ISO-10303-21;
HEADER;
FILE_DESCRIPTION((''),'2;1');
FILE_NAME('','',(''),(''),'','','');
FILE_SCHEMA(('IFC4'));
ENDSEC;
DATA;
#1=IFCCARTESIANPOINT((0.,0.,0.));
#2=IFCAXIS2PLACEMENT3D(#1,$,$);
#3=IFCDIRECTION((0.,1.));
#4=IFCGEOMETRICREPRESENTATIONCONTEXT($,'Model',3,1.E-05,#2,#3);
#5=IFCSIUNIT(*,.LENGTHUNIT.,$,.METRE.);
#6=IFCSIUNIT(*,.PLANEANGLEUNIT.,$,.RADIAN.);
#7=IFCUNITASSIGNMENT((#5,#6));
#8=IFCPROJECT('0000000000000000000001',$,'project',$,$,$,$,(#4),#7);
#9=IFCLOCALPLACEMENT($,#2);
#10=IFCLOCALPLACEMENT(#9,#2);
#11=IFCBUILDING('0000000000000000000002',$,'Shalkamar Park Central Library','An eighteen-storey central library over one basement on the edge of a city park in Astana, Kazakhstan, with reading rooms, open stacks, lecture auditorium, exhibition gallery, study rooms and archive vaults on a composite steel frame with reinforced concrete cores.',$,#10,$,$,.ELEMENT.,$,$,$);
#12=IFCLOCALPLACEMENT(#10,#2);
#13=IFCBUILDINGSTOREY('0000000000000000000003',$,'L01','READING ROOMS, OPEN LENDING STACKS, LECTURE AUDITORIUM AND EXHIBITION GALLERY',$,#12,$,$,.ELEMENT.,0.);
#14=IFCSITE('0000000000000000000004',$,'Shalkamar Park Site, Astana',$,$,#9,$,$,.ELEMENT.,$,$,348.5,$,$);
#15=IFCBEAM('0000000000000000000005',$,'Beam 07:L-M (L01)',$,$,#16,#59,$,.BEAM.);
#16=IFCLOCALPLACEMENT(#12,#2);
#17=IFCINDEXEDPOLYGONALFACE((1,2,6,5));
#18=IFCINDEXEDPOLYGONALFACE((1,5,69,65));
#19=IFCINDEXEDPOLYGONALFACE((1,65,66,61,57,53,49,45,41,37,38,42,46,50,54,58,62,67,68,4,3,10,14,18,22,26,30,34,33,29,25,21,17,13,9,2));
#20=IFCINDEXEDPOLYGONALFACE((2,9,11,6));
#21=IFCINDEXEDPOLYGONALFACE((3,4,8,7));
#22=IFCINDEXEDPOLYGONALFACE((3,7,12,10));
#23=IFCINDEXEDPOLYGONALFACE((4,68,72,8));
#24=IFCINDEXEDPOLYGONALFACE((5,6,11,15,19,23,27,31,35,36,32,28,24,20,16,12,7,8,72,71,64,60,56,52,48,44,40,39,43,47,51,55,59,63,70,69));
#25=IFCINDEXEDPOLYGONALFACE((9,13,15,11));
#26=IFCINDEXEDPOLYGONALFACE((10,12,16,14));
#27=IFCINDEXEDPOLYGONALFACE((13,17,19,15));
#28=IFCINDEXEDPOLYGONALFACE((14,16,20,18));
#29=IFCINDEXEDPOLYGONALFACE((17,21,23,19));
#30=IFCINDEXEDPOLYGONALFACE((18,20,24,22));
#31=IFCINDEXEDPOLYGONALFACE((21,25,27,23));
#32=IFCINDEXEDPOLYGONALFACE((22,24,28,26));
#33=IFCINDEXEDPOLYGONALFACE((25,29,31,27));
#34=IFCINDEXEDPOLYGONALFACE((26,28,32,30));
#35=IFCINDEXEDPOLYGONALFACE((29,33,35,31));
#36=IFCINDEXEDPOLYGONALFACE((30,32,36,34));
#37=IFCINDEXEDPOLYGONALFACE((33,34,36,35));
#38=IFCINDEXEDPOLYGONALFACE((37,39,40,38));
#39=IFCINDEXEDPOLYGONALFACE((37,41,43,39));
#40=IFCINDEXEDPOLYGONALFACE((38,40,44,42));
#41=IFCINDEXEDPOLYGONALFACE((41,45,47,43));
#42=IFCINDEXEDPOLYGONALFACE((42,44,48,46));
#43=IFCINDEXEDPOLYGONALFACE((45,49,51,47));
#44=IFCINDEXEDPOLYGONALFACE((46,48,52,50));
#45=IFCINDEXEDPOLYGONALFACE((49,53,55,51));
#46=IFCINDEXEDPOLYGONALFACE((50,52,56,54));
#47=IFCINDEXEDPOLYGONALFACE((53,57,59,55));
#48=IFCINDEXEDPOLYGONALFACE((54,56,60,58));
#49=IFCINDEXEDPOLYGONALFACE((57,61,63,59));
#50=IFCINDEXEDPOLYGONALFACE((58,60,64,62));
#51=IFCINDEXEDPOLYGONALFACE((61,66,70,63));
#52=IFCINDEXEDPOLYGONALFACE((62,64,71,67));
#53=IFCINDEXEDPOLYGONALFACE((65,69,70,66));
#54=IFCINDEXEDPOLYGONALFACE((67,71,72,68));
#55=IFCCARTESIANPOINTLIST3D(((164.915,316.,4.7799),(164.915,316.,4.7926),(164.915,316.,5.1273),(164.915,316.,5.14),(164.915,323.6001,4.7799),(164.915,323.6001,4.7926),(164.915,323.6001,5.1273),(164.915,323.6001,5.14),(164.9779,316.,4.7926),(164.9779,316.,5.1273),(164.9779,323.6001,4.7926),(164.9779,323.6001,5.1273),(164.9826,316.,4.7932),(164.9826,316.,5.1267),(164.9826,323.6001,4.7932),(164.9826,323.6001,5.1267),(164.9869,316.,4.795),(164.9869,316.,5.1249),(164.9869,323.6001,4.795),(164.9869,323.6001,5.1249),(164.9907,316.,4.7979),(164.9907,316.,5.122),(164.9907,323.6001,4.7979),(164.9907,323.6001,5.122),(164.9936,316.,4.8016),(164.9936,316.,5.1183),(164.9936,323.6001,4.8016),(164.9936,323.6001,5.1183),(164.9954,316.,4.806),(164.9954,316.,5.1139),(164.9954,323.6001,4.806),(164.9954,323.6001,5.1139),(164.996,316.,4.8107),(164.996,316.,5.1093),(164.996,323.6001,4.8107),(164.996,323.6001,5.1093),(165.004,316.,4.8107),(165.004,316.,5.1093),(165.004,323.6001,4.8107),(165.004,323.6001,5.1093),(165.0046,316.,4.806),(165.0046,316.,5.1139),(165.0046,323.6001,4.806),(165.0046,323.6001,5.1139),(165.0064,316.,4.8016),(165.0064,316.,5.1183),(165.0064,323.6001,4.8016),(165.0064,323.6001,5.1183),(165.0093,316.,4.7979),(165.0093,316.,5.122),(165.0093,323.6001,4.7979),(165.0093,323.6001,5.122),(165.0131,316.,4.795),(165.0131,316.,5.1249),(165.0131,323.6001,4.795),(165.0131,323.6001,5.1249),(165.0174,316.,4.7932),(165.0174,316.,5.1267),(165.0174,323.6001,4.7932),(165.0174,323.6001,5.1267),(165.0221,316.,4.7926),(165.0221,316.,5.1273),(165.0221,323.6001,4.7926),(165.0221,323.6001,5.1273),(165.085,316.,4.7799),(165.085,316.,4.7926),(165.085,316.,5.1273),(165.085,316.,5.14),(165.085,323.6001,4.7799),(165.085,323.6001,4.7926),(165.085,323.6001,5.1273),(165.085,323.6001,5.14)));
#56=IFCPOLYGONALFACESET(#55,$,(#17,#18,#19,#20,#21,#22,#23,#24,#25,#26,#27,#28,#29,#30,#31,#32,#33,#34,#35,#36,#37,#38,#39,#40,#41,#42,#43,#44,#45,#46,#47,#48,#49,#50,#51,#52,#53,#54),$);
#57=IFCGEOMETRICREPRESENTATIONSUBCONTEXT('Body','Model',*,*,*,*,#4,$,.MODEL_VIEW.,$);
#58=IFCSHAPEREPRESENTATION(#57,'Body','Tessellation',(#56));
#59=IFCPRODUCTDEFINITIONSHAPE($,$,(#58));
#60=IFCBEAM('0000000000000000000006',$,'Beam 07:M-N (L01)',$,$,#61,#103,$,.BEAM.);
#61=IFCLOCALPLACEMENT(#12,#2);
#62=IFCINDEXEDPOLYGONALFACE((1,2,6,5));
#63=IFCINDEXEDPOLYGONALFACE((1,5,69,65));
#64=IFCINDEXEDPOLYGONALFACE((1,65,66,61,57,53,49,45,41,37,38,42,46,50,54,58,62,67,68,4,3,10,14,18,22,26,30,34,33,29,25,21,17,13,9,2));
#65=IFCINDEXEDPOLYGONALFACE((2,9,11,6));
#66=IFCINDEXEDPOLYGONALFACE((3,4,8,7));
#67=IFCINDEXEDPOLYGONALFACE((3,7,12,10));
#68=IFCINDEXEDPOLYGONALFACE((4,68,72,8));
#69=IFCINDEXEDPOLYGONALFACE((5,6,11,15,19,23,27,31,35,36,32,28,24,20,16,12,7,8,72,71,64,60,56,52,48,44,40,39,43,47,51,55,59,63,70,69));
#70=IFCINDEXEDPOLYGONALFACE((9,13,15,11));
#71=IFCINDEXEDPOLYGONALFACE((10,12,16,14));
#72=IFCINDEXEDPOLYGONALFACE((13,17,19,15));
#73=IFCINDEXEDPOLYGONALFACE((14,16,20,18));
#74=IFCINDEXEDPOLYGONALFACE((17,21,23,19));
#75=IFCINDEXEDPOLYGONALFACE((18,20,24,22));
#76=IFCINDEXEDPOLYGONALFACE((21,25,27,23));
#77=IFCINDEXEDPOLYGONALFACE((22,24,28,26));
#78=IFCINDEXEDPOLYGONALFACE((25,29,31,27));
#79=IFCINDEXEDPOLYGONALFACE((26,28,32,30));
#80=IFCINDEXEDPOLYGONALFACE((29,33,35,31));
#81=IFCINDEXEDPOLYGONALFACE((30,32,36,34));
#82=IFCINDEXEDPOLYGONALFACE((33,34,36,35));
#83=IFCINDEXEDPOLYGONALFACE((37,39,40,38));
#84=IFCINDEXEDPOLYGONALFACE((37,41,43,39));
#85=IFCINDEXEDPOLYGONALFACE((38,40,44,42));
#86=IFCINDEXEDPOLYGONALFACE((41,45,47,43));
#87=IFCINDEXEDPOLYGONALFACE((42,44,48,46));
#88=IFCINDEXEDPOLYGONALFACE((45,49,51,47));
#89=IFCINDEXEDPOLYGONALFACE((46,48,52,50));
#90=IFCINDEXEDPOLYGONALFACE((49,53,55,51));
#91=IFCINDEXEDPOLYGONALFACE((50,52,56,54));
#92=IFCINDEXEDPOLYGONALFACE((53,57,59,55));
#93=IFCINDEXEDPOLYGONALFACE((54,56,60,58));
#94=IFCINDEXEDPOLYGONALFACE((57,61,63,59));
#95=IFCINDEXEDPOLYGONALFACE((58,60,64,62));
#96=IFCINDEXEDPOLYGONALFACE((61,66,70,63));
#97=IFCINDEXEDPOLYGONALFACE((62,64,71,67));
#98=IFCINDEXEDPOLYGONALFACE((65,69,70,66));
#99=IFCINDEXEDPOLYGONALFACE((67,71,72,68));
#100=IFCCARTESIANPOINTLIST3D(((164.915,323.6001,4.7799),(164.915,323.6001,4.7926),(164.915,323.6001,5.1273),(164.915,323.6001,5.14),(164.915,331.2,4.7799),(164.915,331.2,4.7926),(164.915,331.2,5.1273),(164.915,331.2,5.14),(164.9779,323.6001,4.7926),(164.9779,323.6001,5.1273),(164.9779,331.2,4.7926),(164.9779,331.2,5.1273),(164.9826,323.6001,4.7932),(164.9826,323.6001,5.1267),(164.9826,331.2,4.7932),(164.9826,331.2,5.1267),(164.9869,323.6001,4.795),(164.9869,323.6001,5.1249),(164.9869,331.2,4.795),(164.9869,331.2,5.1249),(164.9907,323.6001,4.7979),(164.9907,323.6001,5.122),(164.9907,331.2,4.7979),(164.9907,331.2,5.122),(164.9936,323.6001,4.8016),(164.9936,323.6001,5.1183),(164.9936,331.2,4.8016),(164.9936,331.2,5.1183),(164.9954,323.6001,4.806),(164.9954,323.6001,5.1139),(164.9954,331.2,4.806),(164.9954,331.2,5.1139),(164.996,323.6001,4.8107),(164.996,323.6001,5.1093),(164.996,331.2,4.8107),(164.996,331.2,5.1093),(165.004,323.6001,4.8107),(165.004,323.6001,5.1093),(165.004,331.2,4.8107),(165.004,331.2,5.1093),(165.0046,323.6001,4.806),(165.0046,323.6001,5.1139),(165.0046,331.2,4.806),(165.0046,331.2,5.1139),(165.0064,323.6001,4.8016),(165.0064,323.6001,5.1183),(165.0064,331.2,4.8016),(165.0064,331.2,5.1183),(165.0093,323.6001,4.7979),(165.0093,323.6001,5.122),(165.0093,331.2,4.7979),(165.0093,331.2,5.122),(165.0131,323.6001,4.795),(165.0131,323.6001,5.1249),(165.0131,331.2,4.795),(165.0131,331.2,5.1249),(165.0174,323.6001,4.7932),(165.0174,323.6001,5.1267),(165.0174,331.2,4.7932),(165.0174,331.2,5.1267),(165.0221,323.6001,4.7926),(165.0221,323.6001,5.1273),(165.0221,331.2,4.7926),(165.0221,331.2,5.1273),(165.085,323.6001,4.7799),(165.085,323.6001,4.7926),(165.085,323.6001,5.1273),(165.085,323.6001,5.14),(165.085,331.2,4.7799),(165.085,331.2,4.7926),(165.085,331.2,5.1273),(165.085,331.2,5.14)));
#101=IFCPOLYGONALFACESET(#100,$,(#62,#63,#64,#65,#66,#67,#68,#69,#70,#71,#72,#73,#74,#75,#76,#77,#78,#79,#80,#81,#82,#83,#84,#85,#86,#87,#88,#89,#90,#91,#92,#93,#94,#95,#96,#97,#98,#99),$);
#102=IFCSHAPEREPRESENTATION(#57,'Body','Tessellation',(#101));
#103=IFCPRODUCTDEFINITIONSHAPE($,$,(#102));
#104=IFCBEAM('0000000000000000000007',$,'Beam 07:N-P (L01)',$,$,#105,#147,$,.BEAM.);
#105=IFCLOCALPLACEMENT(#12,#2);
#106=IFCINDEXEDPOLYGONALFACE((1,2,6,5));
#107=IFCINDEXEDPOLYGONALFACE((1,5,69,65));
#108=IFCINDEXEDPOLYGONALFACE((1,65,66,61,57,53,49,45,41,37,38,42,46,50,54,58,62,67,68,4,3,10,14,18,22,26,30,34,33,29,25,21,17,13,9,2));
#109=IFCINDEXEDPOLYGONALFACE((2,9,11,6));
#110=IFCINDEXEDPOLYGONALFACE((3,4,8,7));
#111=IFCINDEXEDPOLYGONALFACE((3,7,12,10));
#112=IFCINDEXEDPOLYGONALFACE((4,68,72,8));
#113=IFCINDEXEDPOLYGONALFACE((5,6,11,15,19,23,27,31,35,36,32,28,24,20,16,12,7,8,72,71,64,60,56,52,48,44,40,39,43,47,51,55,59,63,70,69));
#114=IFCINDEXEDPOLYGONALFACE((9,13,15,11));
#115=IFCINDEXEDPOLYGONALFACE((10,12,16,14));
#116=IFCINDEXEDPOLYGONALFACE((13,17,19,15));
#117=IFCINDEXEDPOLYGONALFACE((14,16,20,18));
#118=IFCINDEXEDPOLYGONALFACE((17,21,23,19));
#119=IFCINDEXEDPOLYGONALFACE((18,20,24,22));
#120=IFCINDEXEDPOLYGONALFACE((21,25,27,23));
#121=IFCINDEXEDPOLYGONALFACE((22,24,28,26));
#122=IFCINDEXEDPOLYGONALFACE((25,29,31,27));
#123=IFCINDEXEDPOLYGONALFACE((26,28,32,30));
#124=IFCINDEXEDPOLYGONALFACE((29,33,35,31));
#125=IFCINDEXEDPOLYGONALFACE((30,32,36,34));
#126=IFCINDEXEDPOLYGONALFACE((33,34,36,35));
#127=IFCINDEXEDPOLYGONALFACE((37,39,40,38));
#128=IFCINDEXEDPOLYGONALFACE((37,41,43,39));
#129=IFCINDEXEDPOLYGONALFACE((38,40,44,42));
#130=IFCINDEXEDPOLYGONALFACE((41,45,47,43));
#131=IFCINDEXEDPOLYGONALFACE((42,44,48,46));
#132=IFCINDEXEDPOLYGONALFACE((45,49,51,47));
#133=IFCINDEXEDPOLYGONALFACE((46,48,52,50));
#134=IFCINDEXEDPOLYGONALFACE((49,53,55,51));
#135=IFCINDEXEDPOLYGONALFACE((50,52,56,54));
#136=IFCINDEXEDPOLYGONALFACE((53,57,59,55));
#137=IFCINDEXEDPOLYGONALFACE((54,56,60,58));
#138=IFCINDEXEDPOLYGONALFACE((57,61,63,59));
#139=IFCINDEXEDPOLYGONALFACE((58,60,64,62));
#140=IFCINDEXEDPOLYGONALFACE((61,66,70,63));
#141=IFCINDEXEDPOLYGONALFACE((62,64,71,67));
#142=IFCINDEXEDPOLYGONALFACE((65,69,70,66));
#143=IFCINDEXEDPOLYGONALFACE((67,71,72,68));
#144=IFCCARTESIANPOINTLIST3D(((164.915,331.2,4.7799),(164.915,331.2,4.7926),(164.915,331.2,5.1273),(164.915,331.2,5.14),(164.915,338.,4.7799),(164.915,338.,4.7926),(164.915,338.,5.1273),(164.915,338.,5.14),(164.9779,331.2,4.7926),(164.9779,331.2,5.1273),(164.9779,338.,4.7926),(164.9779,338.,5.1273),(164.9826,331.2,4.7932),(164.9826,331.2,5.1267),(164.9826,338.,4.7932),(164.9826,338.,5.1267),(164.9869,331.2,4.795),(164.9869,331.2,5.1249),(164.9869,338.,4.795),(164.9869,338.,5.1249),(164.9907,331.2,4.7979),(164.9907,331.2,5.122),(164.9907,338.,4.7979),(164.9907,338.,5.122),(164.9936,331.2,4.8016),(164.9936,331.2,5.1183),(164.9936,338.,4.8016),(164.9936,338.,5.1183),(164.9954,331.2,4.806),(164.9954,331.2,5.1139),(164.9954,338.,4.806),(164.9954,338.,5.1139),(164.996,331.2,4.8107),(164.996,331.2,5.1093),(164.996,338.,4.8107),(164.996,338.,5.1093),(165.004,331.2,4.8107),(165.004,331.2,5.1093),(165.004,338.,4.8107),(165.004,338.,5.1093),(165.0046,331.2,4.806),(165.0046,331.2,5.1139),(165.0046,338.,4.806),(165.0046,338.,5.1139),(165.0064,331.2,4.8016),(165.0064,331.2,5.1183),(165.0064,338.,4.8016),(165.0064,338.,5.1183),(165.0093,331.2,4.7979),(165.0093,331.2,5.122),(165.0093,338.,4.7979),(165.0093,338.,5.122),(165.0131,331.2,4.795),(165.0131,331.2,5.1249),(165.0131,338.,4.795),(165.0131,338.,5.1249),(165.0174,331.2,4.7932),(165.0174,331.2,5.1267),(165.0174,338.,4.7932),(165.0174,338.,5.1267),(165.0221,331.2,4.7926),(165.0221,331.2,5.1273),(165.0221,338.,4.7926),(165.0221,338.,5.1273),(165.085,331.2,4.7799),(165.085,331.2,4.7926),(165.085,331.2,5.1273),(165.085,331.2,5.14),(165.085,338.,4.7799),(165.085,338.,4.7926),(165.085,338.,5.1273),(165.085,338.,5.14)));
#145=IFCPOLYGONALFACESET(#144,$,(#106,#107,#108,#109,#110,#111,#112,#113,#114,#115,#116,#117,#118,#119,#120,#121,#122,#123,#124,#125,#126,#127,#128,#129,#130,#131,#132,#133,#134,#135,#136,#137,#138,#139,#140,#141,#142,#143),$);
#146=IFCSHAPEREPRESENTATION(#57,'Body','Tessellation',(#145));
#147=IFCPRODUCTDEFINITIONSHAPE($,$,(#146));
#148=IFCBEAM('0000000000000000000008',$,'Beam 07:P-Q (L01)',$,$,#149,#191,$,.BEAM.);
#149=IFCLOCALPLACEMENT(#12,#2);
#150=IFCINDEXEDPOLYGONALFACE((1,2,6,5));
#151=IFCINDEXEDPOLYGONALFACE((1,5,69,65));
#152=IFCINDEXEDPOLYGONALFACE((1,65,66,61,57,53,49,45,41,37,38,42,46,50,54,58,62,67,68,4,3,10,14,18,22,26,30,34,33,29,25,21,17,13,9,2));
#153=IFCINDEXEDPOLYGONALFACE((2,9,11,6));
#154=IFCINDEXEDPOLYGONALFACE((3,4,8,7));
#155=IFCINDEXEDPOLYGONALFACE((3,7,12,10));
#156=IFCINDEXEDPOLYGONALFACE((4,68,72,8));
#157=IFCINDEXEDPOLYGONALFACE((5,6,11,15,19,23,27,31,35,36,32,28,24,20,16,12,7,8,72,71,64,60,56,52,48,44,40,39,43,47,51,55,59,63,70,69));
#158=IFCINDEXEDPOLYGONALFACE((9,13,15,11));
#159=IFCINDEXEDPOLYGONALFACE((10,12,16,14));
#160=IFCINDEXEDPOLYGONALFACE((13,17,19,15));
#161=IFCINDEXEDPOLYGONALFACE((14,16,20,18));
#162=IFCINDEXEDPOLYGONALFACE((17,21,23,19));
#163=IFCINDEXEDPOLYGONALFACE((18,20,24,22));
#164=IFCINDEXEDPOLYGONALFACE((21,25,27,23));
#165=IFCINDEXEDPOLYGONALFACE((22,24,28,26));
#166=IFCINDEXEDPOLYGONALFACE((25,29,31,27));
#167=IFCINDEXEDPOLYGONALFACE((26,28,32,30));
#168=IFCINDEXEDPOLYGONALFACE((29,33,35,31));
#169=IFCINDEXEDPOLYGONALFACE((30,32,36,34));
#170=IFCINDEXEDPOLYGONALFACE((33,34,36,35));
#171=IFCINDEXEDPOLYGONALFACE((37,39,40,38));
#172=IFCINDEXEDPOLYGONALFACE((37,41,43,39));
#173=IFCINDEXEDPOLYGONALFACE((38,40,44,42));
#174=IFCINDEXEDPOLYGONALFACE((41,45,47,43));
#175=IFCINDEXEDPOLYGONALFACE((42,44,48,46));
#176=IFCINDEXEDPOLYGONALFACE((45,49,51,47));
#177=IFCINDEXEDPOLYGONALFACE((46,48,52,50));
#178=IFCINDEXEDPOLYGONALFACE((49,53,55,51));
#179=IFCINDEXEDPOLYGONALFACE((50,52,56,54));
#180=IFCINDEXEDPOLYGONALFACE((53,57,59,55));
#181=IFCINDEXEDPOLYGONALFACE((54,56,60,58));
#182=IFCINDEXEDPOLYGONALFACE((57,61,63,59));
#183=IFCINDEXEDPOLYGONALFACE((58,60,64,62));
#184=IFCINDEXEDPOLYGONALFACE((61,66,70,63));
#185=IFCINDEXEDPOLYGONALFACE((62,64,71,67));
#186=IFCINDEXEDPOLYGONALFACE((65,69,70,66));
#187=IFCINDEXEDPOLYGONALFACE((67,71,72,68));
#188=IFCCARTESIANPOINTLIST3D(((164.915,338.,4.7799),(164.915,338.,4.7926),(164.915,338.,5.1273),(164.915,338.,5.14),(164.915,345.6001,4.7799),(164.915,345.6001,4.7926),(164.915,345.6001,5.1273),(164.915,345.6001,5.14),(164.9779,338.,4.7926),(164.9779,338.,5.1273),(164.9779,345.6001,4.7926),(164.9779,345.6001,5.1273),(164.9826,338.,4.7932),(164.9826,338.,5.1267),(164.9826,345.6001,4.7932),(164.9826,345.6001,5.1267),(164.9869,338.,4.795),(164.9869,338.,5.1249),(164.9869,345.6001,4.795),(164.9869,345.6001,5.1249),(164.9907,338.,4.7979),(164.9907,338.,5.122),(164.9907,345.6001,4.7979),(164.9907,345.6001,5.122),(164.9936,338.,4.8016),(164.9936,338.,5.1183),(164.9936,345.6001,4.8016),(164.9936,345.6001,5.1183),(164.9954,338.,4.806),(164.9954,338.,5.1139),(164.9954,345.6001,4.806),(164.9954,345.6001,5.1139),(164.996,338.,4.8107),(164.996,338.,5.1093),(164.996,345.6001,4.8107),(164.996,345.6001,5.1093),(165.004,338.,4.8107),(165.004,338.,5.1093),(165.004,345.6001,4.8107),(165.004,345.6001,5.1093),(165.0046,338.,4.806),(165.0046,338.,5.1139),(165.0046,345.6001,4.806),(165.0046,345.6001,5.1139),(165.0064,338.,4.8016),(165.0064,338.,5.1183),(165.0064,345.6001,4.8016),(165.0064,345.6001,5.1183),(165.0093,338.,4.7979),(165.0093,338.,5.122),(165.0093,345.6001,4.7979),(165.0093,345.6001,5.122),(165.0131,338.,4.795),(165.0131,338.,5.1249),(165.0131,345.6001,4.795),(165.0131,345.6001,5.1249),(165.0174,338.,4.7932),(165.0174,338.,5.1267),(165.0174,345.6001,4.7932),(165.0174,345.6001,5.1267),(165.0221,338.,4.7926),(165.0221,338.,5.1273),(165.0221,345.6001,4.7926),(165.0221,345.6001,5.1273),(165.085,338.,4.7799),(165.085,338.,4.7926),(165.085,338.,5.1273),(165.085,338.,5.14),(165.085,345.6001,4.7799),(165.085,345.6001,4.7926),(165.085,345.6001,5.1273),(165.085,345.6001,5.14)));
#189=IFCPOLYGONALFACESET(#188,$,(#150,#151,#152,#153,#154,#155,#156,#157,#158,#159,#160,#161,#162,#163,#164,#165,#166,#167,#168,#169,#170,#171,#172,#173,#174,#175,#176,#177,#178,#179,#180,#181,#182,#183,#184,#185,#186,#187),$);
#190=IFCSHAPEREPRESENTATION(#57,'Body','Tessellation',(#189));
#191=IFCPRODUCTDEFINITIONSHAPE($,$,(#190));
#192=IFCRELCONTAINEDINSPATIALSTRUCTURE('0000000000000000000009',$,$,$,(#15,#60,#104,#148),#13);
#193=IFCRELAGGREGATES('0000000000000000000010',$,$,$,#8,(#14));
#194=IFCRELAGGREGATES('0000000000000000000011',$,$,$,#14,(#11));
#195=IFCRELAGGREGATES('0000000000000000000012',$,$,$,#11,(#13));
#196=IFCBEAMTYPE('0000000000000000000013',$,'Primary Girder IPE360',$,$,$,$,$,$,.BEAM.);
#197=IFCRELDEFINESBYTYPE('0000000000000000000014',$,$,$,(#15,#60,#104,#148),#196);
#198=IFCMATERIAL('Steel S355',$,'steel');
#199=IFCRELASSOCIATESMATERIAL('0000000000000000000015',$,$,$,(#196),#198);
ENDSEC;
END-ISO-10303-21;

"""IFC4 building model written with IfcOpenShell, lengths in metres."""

from ifc_helpers import new_model, si_unit, direction, frame, origin, origin_2d, place, context, subcontext, project, spatial, i_section, extrude, material, material_profile, profile_set, type_object, element, save


model = new_model("IFC4")

# Units and contexts
model_context = context("Model", 3, precision=1e-05, world=origin(), true_north=direction((0.0, 1.0)))
body_context = subcontext(model_context, "Body", "Model", "MODEL_VIEW")
ifc_project = project(units=[si_unit("LENGTHUNIT", "METRE"), si_unit("PLANEANGLEUNIT", "RADIAN")], contexts=[model_context])

# Site, building, storey
site_placement = place(None, origin())
site = spatial("IfcSite", under=ifc_project, at=site_placement, Name="Shalkamar Park Site, Astana", CompositionType="ELEMENT", RefElevation=348.5)
building_placement = place(site_placement, origin())
building = spatial("IfcBuilding", under=site, at=building_placement, Name="Shalkamar Park Central Library", Description="An eighteen-storey central library over one basement on the edge of a city park in Astana, Kazakhstan, with reading rooms, open stacks, lecture auditorium, exhibition gallery, study rooms and archive vaults on a composite steel frame with reinforced concrete cores.", CompositionType="ELEMENT")
storey_placement = place(building_placement, origin())
storey = spatial("IfcBuildingStorey", under=building, at=storey_placement, Name="L01", Description="READING ROOMS, OPEN LENDING STACKS, LECTURE AUDITORIUM AND EXHIBITION GALLERY", CompositionType="ELEMENT", Elevation=0.0)

# Shared definitions
ifc_material_1 = material(Name="Steel S355", Category="steel")

# Beams
ifc_material_profile_1 = material_profile(ifc_material_1, i_section(OverallWidth=0.1699, OverallDepth=0.3601, WebThickness=0.0081, FlangeThickness=0.0127, FilletRadius=0.0181, at=origin_2d()), Name="IPE 360")
ifc_profile_set_1 = profile_set([ifc_material_profile_1], Name="Steel S355")
beam_type_1 = type_object("IfcBeamType", Name="Primary Girder IPE360", PredefinedType="BEAM", material=ifc_profile_set_1)
beam_1_placement = place(storey_placement, frame((165.0, 316.0, 4.96), z_axis=(0.0, 1.0, 0.0), x_axis=(-1.0, 0.0, 0.0)))
element("IfcBeam", 1, at=beam_1_placement, inside=storey, type_object=beam_type_1, Name="Beam 07:L-M (L01)", PredefinedType="BEAM", context=body_context, shape_type="SweptSolid", body=[
    extrude(i_section(OverallWidth=0.1699, OverallDepth=0.3601, WebThickness=0.0081, FlangeThickness=0.0127, FilletRadius=0.0181, at=origin_2d()), origin(), (0.0, 0.0, 1.0), 7.6001),
])
beam_2_placement = place(storey_placement, frame((165.0, 323.6001, 4.96), z_axis=(0.0, 1.0, 0.0), x_axis=(-1.0, 0.0, 0.0)))
element("IfcBeam", 2, at=beam_2_placement, inside=storey, type_object=beam_type_1, Name="Beam 07:M-N (L01)", PredefinedType="BEAM", context=body_context, shape_type="SweptSolid", body=[
    extrude(i_section(OverallWidth=0.1699, OverallDepth=0.3601, WebThickness=0.0081, FlangeThickness=0.0127, FilletRadius=0.0181, at=origin_2d()), origin(), (0.0, 0.0, 1.0), 7.5999),
])
beam_3_placement = place(storey_placement, frame((165.0, 331.2, 4.96), z_axis=(0.0, 1.0, 0.0), x_axis=(-1.0, 0.0, 0.0)))
element("IfcBeam", 3, at=beam_3_placement, inside=storey, type_object=beam_type_1, Name="Beam 07:N-P (L01)", PredefinedType="BEAM", context=body_context, shape_type="SweptSolid", body=[
    extrude(i_section(OverallWidth=0.1699, OverallDepth=0.3601, WebThickness=0.0081, FlangeThickness=0.0127, FilletRadius=0.0181, at=origin_2d()), origin(), (0.0, 0.0, 1.0), 6.8),
])
for number, where, z_axis, x_axis, name in (
    (4, (165.0, 338.0, 4.96), (0.0, 1.0, 0.0), (-1.0, 0.0, 0.0), "Beam 07:P-Q (L01)"),
):
    element("IfcBeam", number, at=place(storey_placement, frame(where, z_axis=z_axis, x_axis=x_axis)), inside=storey, type_object=beam_type_1, Name=name, PredefinedType="BEAM", context=body_context, shape_type="SweptSolid", body=[
        extrude(i_section(OverallWidth=0.1699, OverallDepth=0.3601, WebThickness=0.0081, FlangeThickness=0.0127, FilletRadius=0.0181, at=origin_2d()), origin(), (0.0, 0.0, 1.0), 7.6001),
    ])

save(model, "model.ifc")
